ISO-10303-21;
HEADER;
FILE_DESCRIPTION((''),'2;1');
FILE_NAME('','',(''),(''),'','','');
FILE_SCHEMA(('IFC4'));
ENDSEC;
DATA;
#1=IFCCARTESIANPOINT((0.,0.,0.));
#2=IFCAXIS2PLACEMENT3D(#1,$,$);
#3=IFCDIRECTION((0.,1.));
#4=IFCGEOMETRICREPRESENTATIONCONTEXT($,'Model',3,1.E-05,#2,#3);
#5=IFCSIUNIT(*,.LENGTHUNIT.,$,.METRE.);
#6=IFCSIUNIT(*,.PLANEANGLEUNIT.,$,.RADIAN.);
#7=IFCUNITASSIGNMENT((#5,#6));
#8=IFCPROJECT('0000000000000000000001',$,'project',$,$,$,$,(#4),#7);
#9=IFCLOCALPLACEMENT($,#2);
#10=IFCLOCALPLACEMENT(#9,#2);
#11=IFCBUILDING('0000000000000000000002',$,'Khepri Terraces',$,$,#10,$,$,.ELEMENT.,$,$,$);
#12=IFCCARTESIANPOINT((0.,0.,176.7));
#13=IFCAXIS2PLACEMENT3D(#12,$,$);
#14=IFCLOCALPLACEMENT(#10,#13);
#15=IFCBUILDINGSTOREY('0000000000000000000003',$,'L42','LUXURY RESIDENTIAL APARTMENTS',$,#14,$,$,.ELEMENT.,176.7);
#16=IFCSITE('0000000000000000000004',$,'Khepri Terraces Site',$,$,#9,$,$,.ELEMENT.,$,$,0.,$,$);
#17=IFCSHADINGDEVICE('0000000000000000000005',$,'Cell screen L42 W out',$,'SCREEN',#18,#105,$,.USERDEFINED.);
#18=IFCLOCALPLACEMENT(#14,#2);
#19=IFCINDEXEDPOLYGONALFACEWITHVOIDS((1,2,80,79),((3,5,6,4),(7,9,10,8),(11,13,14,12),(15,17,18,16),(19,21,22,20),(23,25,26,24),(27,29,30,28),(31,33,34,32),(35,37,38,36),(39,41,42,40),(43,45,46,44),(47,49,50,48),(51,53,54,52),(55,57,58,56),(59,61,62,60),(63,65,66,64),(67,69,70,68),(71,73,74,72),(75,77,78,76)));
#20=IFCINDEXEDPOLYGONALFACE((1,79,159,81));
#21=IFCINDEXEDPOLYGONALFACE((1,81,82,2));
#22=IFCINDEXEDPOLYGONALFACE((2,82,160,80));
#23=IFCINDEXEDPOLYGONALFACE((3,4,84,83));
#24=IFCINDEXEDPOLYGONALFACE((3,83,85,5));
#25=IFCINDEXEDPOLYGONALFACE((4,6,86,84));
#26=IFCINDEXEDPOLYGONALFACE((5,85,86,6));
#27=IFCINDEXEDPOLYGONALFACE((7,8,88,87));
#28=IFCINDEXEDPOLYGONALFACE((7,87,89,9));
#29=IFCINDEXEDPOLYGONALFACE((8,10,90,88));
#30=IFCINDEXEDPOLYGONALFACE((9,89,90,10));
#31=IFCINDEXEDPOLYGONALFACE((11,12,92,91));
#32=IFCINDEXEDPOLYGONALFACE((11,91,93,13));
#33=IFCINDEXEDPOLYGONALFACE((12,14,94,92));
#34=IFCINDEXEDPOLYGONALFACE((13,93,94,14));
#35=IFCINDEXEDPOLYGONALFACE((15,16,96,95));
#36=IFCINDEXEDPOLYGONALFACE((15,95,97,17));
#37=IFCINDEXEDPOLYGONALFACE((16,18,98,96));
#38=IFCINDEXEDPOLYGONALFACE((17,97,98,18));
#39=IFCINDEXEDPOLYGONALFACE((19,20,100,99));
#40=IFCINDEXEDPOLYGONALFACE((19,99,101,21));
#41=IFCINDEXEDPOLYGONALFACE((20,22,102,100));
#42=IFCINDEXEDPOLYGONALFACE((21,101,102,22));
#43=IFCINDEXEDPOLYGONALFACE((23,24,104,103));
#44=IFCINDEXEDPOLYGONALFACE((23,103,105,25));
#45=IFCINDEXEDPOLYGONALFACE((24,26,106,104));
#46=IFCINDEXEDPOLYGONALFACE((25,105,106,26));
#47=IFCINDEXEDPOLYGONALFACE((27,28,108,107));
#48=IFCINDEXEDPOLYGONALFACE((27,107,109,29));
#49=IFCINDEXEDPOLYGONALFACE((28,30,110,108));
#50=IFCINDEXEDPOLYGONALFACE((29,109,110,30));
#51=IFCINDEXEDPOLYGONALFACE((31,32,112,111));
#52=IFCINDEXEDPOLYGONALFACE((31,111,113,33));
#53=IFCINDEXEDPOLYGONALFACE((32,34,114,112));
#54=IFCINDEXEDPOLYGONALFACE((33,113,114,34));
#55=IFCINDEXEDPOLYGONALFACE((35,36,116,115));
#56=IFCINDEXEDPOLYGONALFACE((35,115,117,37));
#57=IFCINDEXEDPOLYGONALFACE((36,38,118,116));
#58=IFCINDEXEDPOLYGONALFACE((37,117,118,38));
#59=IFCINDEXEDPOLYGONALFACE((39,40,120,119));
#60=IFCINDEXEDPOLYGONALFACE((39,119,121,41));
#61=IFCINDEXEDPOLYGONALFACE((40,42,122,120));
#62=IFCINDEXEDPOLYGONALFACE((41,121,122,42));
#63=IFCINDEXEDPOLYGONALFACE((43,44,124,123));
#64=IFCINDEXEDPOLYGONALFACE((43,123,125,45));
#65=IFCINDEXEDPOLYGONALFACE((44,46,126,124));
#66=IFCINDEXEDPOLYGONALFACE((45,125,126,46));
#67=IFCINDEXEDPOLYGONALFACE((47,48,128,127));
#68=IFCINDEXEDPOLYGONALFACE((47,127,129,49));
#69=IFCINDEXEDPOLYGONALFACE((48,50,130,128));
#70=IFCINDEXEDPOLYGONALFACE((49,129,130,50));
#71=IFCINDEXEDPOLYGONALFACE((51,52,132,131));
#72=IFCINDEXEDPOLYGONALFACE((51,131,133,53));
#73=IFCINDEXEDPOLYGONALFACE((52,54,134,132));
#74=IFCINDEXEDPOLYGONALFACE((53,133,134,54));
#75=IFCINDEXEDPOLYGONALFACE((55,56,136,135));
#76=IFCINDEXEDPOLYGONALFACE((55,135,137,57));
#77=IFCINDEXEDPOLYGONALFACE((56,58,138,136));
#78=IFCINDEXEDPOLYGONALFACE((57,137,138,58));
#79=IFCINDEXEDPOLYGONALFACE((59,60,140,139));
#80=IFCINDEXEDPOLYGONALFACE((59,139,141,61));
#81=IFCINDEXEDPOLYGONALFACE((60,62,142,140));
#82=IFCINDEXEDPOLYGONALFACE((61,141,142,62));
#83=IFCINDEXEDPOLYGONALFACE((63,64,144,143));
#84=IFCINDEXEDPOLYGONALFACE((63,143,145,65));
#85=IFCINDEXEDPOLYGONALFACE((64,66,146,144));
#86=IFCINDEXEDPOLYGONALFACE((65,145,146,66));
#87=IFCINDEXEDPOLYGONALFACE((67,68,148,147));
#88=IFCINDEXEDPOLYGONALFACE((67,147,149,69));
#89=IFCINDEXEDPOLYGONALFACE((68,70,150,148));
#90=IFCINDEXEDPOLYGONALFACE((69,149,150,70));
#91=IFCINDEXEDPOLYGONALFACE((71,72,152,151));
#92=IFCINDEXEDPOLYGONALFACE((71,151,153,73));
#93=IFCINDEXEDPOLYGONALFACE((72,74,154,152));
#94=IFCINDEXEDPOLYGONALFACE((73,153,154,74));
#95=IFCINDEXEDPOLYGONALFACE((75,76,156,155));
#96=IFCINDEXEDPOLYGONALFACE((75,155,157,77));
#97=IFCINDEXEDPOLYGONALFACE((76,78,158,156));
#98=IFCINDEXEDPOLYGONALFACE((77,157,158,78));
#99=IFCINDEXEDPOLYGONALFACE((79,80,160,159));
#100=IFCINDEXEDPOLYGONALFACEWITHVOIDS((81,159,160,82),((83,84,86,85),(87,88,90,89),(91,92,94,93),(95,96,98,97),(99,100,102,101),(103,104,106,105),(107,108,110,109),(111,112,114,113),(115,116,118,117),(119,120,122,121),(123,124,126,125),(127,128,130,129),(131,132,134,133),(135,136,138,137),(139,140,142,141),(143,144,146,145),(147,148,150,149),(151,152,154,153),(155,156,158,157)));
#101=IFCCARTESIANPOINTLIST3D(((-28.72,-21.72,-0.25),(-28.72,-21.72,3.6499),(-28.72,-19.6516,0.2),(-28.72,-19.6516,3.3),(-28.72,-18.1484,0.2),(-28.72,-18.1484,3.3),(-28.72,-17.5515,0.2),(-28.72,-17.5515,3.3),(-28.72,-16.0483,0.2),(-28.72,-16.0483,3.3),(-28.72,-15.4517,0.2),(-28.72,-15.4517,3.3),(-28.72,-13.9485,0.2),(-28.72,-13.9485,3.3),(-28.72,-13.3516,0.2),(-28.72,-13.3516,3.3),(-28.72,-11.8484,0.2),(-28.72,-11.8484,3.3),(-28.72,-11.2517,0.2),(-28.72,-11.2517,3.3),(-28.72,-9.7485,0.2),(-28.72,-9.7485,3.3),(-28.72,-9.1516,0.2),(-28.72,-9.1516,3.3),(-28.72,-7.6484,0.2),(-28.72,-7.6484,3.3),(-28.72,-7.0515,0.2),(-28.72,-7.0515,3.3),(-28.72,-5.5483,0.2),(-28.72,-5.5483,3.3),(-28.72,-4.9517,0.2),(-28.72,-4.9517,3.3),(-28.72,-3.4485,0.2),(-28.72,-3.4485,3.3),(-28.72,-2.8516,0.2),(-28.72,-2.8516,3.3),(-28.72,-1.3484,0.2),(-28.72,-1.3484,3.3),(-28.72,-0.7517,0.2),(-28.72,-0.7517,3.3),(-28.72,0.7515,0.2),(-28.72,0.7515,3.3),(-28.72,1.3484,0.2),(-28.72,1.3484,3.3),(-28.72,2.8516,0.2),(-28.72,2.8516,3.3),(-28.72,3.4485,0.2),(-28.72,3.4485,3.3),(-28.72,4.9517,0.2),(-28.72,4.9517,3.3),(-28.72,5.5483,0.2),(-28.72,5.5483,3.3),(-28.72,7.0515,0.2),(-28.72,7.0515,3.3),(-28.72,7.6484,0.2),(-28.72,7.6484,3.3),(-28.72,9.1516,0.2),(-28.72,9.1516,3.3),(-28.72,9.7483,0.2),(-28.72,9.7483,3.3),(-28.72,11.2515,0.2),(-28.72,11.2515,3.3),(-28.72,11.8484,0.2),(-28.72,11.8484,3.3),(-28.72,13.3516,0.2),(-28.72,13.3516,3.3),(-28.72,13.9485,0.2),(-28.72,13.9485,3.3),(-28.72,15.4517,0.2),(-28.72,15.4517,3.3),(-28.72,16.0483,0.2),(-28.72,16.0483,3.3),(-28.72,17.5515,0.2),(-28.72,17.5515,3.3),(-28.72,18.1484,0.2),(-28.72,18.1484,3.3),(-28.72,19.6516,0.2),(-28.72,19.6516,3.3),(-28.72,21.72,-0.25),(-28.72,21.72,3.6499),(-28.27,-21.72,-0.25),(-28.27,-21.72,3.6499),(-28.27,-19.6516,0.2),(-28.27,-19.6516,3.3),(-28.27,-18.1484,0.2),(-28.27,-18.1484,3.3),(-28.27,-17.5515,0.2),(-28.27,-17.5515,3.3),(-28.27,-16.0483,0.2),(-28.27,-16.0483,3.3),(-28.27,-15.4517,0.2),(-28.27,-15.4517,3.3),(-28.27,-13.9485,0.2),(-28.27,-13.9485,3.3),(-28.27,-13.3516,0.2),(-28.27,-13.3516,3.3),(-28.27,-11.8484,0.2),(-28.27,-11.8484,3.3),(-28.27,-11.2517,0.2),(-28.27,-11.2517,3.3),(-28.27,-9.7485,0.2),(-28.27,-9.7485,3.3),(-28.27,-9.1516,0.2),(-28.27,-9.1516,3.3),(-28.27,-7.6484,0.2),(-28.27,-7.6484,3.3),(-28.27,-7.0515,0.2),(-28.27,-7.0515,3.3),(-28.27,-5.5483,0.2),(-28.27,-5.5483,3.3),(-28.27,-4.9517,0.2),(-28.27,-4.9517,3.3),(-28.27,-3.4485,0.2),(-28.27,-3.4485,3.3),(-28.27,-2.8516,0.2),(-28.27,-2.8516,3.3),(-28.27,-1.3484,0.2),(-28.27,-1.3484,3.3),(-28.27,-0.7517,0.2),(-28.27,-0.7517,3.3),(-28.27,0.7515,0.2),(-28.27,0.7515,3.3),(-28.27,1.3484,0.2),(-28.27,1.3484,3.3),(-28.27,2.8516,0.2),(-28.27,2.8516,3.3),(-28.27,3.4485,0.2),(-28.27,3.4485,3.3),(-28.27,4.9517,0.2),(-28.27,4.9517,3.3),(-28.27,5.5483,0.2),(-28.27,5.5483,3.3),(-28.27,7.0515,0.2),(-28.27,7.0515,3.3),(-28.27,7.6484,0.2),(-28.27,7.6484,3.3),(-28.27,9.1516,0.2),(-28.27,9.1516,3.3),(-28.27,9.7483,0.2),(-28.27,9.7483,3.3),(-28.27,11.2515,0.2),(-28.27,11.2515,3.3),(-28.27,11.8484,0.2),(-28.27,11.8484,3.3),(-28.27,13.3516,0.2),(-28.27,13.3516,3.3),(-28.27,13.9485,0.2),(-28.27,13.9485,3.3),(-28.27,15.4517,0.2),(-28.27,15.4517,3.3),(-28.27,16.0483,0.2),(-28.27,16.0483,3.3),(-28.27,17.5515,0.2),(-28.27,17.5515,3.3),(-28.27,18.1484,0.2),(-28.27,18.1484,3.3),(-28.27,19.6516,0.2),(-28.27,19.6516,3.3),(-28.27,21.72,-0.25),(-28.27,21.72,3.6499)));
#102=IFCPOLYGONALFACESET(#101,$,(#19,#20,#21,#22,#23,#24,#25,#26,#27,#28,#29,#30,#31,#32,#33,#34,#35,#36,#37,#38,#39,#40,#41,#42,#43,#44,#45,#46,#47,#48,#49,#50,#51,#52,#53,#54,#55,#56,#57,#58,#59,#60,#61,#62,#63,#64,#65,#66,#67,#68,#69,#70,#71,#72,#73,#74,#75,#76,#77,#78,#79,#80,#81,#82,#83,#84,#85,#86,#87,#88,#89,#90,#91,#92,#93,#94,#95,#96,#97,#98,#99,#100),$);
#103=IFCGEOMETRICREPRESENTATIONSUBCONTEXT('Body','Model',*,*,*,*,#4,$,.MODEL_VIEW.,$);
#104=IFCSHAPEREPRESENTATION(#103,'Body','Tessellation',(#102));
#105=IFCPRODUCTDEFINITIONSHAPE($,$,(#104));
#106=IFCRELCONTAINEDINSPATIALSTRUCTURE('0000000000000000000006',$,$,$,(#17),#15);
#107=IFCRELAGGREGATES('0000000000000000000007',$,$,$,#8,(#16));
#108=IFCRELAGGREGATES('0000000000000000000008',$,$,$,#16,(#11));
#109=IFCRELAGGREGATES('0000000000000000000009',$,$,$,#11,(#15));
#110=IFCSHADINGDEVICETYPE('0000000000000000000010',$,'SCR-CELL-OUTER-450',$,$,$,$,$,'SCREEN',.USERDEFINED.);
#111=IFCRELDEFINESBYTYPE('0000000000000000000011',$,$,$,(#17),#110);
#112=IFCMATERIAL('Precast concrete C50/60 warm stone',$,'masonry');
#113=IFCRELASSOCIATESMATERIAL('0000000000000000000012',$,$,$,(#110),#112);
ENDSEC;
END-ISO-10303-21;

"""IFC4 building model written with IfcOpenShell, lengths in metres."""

from ifc_helpers import new_model, si_unit, direction, frame, origin, place, context, subcontext, project, spatial, polyline, outline, extrude, material, type_object, element, save


model = new_model("IFC4")

# Units and contexts
model_context = context("Model", 3, precision=1e-05, world=origin(), true_north=direction((0.0, 1.0)))
body_context = subcontext(model_context, "Body", "Model", "MODEL_VIEW")
ifc_project = project(units=[si_unit("LENGTHUNIT", "METRE"), si_unit("PLANEANGLEUNIT", "RADIAN")], contexts=[model_context])

# Site, building, storey
site_placement = place(None, origin())
site = spatial("IfcSite", under=ifc_project, at=site_placement, Name="Khepri Terraces Site", CompositionType="ELEMENT", RefElevation=0.0)
building_placement = place(site_placement, origin())
building = spatial("IfcBuilding", under=site, at=building_placement, Name="Khepri Terraces", CompositionType="ELEMENT")
storey_placement = place(building_placement, frame((0.0, 0.0, 176.7)))
storey = spatial("IfcBuildingStorey", under=building, at=storey_placement, Name="L42", Description="LUXURY RESIDENTIAL APARTMENTS", CompositionType="ELEMENT", Elevation=176.7)

# Shared definitions
ifc_material_1 = material(Name="Precast concrete C50/60 warm stone", Category="masonry")

# Shading device
shading_device_type_1 = type_object("IfcShadingDeviceType", Name="SCR-CELL-OUTER-450", ElementType="SCREEN", PredefinedType="USERDEFINED", material=ifc_material_1)
shading_device_1_placement = place(storey_placement, frame((-28.27, 21.72, -0.25), z_axis=(-1.0, 0.0, 0.0), x_axis=(0.0, -1.0, 0.0)))
element("IfcShadingDevice", 1, at=shading_device_1_placement, inside=storey, type_object=shading_device_type_1, Name="Cell screen L42 W out", ObjectType="SCREEN", PredefinedType="USERDEFINED", context=body_context, shape_type="SweptSolid", body=[
    extrude(outline(polyline([(0.0, 0.0), (43.4399, 0.0), (43.4399, 3.8999), (0.0, 3.8999), (0.0, 0.0)]), holes=[polyline([(2.0684, 0.45), (3.5715, 0.45), (3.5715, 3.55), (2.0684, 3.55), (2.0684, 0.45)]), polyline([(4.1685, 0.45), (5.6716, 0.45), (5.6716, 3.55), (4.1685, 3.55), (4.1685, 0.45)]), polyline([(6.2683, 0.45), (7.7715, 0.45), (7.7715, 3.55), (6.2683, 3.55), (6.2683, 0.45)]), polyline([(8.3684, 0.45), (9.8716, 0.45), (9.8716, 3.55), (8.3684, 3.55), (8.3684, 0.45)]), polyline([(10.4685, 0.45), (11.9717, 0.45), (11.9717, 3.55), (10.4685, 3.55), (10.4685, 0.45)]), polyline([(12.5684, 0.45), (14.0715, 0.45), (14.0715, 3.55), (12.5684, 3.55), (12.5684, 0.45)]), polyline([(14.6685, 0.45), (16.1716, 0.45), (16.1716, 3.55), (14.6685, 3.55), (14.6685, 0.45)]), polyline([(16.7683, 0.45), (18.2715, 0.45), (18.2715, 3.55), (16.7683, 3.55), (16.7683, 0.45)]), polyline([(18.8684, 0.45), (20.3716, 0.45), (20.3716, 3.55), (18.8684, 3.55), (18.8684, 0.45)]), polyline([(20.9685, 0.45), (22.4717, 0.45), (22.4717, 3.55), (20.9685, 3.55), (20.9685, 0.45)]), polyline([(23.0684, 0.45), (24.5715, 0.45), (24.5715, 3.55), (23.0684, 3.55), (23.0684, 0.45)]), polyline([(25.1685, 0.45), (26.6716, 0.45), (26.6716, 3.55), (25.1685, 3.55), (25.1685, 0.45)]), polyline([(27.2683, 0.45), (28.7715, 0.45), (28.7715, 3.55), (27.2683, 3.55), (27.2683, 0.45)]), polyline([(29.3684, 0.45), (30.8716, 0.45), (30.8716, 3.55), (29.3684, 3.55), (29.3684, 0.45)]), polyline([(31.4685, 0.45), (32.9717, 0.45), (32.9717, 3.55), (31.4685, 3.55), (31.4685, 0.45)]), polyline([(33.5684, 0.45), (35.0715, 0.45), (35.0715, 3.55), (33.5684, 3.55), (33.5684, 0.45)]), polyline([(35.6685, 0.45), (37.1716, 0.45), (37.1716, 3.55), (35.6685, 3.55), (35.6685, 0.45)]), polyline([(37.7683, 0.45), (39.2715, 0.45), (39.2715, 3.55), (37.7683, 3.55), (37.7683, 0.45)]), polyline([(39.8684, 0.45), (41.3716, 0.45), (41.3716, 3.55), (39.8684, 3.55), (39.8684, 0.45)])]), origin(), (0.0, 0.0, 1.0), 0.45),
])

save(model, "model.ifc")
